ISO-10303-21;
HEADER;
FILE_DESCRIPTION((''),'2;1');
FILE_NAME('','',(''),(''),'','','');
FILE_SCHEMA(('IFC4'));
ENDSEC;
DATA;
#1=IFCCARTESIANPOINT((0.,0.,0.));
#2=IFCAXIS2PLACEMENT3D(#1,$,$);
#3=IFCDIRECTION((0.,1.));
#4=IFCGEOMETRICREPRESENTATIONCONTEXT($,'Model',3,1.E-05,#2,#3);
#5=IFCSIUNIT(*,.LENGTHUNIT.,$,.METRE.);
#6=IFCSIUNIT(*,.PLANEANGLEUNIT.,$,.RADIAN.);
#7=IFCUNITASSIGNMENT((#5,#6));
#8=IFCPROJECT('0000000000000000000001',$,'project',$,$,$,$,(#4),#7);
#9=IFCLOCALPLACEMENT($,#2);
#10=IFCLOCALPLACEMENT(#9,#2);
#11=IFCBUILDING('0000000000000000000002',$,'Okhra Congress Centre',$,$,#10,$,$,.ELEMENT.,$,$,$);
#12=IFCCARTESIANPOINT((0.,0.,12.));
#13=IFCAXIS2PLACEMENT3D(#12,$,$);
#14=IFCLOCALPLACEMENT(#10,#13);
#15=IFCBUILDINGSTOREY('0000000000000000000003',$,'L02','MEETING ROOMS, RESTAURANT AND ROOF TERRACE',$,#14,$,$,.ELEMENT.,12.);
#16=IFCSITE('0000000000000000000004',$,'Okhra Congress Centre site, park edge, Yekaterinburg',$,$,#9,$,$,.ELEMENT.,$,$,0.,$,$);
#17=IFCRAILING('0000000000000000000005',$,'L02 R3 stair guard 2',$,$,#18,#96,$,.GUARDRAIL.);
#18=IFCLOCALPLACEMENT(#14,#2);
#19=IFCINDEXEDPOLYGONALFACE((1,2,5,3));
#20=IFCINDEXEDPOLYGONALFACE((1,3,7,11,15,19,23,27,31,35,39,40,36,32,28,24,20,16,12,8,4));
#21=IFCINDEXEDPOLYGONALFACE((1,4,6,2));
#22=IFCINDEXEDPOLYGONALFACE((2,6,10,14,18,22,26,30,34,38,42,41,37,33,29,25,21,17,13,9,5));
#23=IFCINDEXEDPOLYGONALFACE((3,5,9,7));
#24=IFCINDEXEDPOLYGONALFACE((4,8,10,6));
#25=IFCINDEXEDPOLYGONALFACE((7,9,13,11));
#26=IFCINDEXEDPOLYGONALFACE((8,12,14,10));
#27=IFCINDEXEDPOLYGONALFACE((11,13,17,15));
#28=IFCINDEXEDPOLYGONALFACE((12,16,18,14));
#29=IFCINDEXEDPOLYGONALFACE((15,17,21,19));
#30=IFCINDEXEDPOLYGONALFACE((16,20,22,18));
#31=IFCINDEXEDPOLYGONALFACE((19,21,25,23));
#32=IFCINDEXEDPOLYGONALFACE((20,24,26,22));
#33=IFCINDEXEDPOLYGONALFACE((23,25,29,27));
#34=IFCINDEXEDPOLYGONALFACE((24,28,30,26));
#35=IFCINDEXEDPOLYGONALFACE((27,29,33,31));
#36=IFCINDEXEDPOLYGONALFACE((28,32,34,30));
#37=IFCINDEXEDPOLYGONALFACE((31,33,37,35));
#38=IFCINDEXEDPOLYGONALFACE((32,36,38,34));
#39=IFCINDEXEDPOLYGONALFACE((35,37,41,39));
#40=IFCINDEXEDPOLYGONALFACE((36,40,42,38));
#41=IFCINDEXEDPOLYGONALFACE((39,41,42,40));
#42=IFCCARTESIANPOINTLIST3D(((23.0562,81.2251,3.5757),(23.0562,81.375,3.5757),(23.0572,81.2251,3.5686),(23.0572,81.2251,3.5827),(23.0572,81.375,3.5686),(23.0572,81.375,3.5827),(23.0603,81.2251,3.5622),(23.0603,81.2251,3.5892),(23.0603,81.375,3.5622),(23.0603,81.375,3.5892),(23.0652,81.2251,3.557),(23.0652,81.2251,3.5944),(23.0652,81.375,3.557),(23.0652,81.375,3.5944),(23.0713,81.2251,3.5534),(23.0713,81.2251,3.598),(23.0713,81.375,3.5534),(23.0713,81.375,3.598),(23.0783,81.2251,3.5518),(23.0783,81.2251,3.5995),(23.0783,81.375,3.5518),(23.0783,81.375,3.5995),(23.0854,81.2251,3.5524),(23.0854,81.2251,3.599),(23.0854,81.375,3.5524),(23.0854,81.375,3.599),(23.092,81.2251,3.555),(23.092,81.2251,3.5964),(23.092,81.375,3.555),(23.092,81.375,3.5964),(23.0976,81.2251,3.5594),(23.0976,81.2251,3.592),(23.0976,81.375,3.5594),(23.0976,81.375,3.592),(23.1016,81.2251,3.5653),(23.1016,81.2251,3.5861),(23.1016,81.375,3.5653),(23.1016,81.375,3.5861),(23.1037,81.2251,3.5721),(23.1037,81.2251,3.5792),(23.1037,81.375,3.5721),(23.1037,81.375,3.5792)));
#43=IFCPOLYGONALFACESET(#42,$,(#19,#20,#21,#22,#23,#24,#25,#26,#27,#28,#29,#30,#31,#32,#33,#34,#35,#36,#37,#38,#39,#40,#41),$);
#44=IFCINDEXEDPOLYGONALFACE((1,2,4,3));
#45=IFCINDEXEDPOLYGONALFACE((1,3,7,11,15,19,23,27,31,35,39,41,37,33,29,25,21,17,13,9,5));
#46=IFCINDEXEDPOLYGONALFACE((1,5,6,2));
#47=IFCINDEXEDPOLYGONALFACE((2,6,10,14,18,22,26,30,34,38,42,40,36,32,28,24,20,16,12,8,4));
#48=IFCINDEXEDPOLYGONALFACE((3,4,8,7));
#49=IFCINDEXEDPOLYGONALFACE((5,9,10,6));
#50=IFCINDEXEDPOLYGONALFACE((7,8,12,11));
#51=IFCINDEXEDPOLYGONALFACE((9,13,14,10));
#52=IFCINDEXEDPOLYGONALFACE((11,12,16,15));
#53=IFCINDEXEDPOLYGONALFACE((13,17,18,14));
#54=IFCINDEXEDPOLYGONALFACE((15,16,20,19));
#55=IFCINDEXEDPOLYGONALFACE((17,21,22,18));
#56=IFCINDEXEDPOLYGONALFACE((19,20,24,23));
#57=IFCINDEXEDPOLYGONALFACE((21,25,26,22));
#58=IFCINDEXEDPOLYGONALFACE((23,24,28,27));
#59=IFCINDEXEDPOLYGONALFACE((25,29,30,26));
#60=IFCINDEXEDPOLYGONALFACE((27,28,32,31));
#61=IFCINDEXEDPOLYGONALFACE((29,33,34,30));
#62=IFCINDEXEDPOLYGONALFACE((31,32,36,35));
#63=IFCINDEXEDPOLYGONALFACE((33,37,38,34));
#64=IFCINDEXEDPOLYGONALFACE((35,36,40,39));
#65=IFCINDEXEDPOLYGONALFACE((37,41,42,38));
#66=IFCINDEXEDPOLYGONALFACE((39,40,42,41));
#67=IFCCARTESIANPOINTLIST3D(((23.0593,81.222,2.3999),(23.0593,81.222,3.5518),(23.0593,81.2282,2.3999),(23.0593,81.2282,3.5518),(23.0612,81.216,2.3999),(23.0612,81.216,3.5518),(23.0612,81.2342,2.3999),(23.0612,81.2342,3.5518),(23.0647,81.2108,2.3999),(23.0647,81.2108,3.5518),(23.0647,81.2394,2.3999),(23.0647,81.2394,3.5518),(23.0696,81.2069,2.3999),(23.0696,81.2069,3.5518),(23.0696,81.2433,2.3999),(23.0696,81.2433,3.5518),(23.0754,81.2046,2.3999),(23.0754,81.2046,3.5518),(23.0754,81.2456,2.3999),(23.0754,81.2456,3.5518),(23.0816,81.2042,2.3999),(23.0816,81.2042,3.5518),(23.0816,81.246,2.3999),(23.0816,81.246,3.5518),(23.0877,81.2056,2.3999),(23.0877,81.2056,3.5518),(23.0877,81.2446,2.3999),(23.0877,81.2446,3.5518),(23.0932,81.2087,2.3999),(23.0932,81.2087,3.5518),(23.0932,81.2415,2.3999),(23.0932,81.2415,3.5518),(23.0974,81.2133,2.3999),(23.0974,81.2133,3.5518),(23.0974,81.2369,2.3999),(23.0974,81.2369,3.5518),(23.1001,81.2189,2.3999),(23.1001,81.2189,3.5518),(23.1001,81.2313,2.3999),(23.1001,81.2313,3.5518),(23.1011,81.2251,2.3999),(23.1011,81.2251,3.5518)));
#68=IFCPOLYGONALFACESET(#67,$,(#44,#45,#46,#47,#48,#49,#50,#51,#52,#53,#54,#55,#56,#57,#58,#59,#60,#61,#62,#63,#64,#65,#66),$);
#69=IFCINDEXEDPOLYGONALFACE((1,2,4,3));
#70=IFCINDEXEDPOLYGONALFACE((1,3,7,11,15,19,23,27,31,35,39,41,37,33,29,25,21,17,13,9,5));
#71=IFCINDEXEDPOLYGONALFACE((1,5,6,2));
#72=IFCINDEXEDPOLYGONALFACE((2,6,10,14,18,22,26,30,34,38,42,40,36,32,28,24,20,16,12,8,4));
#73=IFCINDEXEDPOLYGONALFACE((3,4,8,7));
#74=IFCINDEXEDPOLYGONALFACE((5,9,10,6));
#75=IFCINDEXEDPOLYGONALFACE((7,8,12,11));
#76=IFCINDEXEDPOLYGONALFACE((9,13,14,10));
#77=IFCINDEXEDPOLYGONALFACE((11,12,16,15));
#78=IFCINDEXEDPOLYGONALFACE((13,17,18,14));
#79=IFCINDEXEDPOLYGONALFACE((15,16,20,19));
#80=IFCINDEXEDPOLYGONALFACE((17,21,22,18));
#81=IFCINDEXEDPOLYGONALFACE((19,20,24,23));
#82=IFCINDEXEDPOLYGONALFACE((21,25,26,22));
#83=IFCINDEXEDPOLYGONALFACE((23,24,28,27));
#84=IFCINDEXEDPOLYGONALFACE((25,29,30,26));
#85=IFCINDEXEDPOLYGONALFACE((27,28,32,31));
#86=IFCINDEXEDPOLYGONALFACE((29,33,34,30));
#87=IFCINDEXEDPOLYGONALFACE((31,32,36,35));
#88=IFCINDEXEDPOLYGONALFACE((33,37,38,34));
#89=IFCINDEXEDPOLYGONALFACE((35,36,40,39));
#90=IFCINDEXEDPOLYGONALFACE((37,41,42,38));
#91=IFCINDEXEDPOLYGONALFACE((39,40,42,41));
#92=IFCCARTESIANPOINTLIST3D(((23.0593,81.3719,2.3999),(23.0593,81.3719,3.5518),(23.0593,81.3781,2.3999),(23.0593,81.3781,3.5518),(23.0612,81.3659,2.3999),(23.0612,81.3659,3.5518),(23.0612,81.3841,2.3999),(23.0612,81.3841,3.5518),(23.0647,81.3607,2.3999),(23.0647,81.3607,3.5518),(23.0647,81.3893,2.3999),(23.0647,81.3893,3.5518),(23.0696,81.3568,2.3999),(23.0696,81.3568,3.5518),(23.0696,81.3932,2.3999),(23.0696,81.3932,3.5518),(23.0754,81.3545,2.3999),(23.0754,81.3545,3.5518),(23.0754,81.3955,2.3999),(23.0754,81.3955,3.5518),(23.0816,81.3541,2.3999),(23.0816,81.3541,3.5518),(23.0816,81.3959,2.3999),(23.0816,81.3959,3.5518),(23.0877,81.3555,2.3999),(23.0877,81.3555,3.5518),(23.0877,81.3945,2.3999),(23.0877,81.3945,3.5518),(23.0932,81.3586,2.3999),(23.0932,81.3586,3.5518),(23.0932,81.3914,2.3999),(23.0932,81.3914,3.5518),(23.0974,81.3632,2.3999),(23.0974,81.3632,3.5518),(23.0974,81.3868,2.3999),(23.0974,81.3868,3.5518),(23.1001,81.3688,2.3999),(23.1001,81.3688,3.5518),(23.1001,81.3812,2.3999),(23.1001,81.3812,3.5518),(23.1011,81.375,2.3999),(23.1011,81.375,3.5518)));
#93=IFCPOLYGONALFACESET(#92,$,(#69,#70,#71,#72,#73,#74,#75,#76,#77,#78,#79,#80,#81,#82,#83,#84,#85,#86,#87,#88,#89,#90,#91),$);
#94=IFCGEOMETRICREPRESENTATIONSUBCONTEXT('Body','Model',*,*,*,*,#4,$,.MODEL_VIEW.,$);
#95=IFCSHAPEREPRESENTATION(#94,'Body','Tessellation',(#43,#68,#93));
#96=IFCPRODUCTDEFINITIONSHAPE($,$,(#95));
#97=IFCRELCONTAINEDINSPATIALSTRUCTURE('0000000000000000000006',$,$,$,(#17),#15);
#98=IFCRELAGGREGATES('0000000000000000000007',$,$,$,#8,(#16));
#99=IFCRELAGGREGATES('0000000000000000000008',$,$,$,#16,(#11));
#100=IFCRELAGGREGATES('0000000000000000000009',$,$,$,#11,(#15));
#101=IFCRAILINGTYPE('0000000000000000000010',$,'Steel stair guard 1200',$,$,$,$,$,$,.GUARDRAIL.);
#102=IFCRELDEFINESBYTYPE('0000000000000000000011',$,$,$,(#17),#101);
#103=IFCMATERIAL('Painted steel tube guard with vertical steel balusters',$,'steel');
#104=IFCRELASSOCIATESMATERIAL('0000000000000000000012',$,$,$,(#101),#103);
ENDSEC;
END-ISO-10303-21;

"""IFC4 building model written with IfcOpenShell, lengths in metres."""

from ifc_helpers import new_model, si_unit, direction, frame, origin, origin_2d, place, context, subcontext, project, spatial, circle, extrude, material, type_object, element, save


model = new_model("IFC4")

# Units and contexts
model_context = context("Model", 3, precision=1e-05, world=origin(), true_north=direction((0.0, 1.0)))
body_context = subcontext(model_context, "Body", "Model", "MODEL_VIEW")
ifc_project = project(units=[si_unit("LENGTHUNIT", "METRE"), si_unit("PLANEANGLEUNIT", "RADIAN")], contexts=[model_context])

# Site, building, storey
site_placement = place(None, origin())
site = spatial("IfcSite", under=ifc_project, at=site_placement, Name="Okhra Congress Centre site, park edge, Yekaterinburg", CompositionType="ELEMENT", RefElevation=0.0)
building_placement = place(site_placement, origin())
building = spatial("IfcBuilding", under=site, at=building_placement, Name="Okhra Congress Centre", CompositionType="ELEMENT")
storey_placement = place(building_placement, frame((0.0, 0.0, 12.0)))
storey = spatial("IfcBuildingStorey", under=building, at=storey_placement, Name="L02", Description="MEETING ROOMS, RESTAURANT AND ROOF TERRACE", CompositionType="ELEMENT", Elevation=12.0)

# Railing
ifc_material_1 = material(Name="Painted steel tube guard with vertical steel balusters", Category="steel")
railing_type_1 = type_object("IfcRailingType", Name="Steel stair guard 1200", PredefinedType="GUARDRAIL", material=ifc_material_1)
railing_1_placement = place(storey_placement, frame((23.0801, 81.2251, 2.3999)))
element("IfcRailing", 1, at=railing_1_placement, inside=storey, type_object=railing_type_1, Name="L02 R3 stair guard 2", PredefinedType="GUARDRAIL", context=body_context, shape_type="SweptSolid", body=[
    extrude(circle(Radius=0.0239, at=origin_2d()), frame((0.0, 0.0, 1.1758), z_axis=(0.0, 1.0, 0.0), x_axis=(-1.0, 0.0, 0.0)), (0.0, 0.0, 1.0), 0.1499),
    extrude(circle(Radius=0.021, at=origin_2d()), origin(), (0.0, 0.0, 1.0), 1.1519),
    extrude(circle(Radius=0.021, at=origin_2d()), frame((0.0, 0.1499, 0.0)), (0.0, 0.0, 1.0), 1.1519),
])

save(model, "model.ifc")
